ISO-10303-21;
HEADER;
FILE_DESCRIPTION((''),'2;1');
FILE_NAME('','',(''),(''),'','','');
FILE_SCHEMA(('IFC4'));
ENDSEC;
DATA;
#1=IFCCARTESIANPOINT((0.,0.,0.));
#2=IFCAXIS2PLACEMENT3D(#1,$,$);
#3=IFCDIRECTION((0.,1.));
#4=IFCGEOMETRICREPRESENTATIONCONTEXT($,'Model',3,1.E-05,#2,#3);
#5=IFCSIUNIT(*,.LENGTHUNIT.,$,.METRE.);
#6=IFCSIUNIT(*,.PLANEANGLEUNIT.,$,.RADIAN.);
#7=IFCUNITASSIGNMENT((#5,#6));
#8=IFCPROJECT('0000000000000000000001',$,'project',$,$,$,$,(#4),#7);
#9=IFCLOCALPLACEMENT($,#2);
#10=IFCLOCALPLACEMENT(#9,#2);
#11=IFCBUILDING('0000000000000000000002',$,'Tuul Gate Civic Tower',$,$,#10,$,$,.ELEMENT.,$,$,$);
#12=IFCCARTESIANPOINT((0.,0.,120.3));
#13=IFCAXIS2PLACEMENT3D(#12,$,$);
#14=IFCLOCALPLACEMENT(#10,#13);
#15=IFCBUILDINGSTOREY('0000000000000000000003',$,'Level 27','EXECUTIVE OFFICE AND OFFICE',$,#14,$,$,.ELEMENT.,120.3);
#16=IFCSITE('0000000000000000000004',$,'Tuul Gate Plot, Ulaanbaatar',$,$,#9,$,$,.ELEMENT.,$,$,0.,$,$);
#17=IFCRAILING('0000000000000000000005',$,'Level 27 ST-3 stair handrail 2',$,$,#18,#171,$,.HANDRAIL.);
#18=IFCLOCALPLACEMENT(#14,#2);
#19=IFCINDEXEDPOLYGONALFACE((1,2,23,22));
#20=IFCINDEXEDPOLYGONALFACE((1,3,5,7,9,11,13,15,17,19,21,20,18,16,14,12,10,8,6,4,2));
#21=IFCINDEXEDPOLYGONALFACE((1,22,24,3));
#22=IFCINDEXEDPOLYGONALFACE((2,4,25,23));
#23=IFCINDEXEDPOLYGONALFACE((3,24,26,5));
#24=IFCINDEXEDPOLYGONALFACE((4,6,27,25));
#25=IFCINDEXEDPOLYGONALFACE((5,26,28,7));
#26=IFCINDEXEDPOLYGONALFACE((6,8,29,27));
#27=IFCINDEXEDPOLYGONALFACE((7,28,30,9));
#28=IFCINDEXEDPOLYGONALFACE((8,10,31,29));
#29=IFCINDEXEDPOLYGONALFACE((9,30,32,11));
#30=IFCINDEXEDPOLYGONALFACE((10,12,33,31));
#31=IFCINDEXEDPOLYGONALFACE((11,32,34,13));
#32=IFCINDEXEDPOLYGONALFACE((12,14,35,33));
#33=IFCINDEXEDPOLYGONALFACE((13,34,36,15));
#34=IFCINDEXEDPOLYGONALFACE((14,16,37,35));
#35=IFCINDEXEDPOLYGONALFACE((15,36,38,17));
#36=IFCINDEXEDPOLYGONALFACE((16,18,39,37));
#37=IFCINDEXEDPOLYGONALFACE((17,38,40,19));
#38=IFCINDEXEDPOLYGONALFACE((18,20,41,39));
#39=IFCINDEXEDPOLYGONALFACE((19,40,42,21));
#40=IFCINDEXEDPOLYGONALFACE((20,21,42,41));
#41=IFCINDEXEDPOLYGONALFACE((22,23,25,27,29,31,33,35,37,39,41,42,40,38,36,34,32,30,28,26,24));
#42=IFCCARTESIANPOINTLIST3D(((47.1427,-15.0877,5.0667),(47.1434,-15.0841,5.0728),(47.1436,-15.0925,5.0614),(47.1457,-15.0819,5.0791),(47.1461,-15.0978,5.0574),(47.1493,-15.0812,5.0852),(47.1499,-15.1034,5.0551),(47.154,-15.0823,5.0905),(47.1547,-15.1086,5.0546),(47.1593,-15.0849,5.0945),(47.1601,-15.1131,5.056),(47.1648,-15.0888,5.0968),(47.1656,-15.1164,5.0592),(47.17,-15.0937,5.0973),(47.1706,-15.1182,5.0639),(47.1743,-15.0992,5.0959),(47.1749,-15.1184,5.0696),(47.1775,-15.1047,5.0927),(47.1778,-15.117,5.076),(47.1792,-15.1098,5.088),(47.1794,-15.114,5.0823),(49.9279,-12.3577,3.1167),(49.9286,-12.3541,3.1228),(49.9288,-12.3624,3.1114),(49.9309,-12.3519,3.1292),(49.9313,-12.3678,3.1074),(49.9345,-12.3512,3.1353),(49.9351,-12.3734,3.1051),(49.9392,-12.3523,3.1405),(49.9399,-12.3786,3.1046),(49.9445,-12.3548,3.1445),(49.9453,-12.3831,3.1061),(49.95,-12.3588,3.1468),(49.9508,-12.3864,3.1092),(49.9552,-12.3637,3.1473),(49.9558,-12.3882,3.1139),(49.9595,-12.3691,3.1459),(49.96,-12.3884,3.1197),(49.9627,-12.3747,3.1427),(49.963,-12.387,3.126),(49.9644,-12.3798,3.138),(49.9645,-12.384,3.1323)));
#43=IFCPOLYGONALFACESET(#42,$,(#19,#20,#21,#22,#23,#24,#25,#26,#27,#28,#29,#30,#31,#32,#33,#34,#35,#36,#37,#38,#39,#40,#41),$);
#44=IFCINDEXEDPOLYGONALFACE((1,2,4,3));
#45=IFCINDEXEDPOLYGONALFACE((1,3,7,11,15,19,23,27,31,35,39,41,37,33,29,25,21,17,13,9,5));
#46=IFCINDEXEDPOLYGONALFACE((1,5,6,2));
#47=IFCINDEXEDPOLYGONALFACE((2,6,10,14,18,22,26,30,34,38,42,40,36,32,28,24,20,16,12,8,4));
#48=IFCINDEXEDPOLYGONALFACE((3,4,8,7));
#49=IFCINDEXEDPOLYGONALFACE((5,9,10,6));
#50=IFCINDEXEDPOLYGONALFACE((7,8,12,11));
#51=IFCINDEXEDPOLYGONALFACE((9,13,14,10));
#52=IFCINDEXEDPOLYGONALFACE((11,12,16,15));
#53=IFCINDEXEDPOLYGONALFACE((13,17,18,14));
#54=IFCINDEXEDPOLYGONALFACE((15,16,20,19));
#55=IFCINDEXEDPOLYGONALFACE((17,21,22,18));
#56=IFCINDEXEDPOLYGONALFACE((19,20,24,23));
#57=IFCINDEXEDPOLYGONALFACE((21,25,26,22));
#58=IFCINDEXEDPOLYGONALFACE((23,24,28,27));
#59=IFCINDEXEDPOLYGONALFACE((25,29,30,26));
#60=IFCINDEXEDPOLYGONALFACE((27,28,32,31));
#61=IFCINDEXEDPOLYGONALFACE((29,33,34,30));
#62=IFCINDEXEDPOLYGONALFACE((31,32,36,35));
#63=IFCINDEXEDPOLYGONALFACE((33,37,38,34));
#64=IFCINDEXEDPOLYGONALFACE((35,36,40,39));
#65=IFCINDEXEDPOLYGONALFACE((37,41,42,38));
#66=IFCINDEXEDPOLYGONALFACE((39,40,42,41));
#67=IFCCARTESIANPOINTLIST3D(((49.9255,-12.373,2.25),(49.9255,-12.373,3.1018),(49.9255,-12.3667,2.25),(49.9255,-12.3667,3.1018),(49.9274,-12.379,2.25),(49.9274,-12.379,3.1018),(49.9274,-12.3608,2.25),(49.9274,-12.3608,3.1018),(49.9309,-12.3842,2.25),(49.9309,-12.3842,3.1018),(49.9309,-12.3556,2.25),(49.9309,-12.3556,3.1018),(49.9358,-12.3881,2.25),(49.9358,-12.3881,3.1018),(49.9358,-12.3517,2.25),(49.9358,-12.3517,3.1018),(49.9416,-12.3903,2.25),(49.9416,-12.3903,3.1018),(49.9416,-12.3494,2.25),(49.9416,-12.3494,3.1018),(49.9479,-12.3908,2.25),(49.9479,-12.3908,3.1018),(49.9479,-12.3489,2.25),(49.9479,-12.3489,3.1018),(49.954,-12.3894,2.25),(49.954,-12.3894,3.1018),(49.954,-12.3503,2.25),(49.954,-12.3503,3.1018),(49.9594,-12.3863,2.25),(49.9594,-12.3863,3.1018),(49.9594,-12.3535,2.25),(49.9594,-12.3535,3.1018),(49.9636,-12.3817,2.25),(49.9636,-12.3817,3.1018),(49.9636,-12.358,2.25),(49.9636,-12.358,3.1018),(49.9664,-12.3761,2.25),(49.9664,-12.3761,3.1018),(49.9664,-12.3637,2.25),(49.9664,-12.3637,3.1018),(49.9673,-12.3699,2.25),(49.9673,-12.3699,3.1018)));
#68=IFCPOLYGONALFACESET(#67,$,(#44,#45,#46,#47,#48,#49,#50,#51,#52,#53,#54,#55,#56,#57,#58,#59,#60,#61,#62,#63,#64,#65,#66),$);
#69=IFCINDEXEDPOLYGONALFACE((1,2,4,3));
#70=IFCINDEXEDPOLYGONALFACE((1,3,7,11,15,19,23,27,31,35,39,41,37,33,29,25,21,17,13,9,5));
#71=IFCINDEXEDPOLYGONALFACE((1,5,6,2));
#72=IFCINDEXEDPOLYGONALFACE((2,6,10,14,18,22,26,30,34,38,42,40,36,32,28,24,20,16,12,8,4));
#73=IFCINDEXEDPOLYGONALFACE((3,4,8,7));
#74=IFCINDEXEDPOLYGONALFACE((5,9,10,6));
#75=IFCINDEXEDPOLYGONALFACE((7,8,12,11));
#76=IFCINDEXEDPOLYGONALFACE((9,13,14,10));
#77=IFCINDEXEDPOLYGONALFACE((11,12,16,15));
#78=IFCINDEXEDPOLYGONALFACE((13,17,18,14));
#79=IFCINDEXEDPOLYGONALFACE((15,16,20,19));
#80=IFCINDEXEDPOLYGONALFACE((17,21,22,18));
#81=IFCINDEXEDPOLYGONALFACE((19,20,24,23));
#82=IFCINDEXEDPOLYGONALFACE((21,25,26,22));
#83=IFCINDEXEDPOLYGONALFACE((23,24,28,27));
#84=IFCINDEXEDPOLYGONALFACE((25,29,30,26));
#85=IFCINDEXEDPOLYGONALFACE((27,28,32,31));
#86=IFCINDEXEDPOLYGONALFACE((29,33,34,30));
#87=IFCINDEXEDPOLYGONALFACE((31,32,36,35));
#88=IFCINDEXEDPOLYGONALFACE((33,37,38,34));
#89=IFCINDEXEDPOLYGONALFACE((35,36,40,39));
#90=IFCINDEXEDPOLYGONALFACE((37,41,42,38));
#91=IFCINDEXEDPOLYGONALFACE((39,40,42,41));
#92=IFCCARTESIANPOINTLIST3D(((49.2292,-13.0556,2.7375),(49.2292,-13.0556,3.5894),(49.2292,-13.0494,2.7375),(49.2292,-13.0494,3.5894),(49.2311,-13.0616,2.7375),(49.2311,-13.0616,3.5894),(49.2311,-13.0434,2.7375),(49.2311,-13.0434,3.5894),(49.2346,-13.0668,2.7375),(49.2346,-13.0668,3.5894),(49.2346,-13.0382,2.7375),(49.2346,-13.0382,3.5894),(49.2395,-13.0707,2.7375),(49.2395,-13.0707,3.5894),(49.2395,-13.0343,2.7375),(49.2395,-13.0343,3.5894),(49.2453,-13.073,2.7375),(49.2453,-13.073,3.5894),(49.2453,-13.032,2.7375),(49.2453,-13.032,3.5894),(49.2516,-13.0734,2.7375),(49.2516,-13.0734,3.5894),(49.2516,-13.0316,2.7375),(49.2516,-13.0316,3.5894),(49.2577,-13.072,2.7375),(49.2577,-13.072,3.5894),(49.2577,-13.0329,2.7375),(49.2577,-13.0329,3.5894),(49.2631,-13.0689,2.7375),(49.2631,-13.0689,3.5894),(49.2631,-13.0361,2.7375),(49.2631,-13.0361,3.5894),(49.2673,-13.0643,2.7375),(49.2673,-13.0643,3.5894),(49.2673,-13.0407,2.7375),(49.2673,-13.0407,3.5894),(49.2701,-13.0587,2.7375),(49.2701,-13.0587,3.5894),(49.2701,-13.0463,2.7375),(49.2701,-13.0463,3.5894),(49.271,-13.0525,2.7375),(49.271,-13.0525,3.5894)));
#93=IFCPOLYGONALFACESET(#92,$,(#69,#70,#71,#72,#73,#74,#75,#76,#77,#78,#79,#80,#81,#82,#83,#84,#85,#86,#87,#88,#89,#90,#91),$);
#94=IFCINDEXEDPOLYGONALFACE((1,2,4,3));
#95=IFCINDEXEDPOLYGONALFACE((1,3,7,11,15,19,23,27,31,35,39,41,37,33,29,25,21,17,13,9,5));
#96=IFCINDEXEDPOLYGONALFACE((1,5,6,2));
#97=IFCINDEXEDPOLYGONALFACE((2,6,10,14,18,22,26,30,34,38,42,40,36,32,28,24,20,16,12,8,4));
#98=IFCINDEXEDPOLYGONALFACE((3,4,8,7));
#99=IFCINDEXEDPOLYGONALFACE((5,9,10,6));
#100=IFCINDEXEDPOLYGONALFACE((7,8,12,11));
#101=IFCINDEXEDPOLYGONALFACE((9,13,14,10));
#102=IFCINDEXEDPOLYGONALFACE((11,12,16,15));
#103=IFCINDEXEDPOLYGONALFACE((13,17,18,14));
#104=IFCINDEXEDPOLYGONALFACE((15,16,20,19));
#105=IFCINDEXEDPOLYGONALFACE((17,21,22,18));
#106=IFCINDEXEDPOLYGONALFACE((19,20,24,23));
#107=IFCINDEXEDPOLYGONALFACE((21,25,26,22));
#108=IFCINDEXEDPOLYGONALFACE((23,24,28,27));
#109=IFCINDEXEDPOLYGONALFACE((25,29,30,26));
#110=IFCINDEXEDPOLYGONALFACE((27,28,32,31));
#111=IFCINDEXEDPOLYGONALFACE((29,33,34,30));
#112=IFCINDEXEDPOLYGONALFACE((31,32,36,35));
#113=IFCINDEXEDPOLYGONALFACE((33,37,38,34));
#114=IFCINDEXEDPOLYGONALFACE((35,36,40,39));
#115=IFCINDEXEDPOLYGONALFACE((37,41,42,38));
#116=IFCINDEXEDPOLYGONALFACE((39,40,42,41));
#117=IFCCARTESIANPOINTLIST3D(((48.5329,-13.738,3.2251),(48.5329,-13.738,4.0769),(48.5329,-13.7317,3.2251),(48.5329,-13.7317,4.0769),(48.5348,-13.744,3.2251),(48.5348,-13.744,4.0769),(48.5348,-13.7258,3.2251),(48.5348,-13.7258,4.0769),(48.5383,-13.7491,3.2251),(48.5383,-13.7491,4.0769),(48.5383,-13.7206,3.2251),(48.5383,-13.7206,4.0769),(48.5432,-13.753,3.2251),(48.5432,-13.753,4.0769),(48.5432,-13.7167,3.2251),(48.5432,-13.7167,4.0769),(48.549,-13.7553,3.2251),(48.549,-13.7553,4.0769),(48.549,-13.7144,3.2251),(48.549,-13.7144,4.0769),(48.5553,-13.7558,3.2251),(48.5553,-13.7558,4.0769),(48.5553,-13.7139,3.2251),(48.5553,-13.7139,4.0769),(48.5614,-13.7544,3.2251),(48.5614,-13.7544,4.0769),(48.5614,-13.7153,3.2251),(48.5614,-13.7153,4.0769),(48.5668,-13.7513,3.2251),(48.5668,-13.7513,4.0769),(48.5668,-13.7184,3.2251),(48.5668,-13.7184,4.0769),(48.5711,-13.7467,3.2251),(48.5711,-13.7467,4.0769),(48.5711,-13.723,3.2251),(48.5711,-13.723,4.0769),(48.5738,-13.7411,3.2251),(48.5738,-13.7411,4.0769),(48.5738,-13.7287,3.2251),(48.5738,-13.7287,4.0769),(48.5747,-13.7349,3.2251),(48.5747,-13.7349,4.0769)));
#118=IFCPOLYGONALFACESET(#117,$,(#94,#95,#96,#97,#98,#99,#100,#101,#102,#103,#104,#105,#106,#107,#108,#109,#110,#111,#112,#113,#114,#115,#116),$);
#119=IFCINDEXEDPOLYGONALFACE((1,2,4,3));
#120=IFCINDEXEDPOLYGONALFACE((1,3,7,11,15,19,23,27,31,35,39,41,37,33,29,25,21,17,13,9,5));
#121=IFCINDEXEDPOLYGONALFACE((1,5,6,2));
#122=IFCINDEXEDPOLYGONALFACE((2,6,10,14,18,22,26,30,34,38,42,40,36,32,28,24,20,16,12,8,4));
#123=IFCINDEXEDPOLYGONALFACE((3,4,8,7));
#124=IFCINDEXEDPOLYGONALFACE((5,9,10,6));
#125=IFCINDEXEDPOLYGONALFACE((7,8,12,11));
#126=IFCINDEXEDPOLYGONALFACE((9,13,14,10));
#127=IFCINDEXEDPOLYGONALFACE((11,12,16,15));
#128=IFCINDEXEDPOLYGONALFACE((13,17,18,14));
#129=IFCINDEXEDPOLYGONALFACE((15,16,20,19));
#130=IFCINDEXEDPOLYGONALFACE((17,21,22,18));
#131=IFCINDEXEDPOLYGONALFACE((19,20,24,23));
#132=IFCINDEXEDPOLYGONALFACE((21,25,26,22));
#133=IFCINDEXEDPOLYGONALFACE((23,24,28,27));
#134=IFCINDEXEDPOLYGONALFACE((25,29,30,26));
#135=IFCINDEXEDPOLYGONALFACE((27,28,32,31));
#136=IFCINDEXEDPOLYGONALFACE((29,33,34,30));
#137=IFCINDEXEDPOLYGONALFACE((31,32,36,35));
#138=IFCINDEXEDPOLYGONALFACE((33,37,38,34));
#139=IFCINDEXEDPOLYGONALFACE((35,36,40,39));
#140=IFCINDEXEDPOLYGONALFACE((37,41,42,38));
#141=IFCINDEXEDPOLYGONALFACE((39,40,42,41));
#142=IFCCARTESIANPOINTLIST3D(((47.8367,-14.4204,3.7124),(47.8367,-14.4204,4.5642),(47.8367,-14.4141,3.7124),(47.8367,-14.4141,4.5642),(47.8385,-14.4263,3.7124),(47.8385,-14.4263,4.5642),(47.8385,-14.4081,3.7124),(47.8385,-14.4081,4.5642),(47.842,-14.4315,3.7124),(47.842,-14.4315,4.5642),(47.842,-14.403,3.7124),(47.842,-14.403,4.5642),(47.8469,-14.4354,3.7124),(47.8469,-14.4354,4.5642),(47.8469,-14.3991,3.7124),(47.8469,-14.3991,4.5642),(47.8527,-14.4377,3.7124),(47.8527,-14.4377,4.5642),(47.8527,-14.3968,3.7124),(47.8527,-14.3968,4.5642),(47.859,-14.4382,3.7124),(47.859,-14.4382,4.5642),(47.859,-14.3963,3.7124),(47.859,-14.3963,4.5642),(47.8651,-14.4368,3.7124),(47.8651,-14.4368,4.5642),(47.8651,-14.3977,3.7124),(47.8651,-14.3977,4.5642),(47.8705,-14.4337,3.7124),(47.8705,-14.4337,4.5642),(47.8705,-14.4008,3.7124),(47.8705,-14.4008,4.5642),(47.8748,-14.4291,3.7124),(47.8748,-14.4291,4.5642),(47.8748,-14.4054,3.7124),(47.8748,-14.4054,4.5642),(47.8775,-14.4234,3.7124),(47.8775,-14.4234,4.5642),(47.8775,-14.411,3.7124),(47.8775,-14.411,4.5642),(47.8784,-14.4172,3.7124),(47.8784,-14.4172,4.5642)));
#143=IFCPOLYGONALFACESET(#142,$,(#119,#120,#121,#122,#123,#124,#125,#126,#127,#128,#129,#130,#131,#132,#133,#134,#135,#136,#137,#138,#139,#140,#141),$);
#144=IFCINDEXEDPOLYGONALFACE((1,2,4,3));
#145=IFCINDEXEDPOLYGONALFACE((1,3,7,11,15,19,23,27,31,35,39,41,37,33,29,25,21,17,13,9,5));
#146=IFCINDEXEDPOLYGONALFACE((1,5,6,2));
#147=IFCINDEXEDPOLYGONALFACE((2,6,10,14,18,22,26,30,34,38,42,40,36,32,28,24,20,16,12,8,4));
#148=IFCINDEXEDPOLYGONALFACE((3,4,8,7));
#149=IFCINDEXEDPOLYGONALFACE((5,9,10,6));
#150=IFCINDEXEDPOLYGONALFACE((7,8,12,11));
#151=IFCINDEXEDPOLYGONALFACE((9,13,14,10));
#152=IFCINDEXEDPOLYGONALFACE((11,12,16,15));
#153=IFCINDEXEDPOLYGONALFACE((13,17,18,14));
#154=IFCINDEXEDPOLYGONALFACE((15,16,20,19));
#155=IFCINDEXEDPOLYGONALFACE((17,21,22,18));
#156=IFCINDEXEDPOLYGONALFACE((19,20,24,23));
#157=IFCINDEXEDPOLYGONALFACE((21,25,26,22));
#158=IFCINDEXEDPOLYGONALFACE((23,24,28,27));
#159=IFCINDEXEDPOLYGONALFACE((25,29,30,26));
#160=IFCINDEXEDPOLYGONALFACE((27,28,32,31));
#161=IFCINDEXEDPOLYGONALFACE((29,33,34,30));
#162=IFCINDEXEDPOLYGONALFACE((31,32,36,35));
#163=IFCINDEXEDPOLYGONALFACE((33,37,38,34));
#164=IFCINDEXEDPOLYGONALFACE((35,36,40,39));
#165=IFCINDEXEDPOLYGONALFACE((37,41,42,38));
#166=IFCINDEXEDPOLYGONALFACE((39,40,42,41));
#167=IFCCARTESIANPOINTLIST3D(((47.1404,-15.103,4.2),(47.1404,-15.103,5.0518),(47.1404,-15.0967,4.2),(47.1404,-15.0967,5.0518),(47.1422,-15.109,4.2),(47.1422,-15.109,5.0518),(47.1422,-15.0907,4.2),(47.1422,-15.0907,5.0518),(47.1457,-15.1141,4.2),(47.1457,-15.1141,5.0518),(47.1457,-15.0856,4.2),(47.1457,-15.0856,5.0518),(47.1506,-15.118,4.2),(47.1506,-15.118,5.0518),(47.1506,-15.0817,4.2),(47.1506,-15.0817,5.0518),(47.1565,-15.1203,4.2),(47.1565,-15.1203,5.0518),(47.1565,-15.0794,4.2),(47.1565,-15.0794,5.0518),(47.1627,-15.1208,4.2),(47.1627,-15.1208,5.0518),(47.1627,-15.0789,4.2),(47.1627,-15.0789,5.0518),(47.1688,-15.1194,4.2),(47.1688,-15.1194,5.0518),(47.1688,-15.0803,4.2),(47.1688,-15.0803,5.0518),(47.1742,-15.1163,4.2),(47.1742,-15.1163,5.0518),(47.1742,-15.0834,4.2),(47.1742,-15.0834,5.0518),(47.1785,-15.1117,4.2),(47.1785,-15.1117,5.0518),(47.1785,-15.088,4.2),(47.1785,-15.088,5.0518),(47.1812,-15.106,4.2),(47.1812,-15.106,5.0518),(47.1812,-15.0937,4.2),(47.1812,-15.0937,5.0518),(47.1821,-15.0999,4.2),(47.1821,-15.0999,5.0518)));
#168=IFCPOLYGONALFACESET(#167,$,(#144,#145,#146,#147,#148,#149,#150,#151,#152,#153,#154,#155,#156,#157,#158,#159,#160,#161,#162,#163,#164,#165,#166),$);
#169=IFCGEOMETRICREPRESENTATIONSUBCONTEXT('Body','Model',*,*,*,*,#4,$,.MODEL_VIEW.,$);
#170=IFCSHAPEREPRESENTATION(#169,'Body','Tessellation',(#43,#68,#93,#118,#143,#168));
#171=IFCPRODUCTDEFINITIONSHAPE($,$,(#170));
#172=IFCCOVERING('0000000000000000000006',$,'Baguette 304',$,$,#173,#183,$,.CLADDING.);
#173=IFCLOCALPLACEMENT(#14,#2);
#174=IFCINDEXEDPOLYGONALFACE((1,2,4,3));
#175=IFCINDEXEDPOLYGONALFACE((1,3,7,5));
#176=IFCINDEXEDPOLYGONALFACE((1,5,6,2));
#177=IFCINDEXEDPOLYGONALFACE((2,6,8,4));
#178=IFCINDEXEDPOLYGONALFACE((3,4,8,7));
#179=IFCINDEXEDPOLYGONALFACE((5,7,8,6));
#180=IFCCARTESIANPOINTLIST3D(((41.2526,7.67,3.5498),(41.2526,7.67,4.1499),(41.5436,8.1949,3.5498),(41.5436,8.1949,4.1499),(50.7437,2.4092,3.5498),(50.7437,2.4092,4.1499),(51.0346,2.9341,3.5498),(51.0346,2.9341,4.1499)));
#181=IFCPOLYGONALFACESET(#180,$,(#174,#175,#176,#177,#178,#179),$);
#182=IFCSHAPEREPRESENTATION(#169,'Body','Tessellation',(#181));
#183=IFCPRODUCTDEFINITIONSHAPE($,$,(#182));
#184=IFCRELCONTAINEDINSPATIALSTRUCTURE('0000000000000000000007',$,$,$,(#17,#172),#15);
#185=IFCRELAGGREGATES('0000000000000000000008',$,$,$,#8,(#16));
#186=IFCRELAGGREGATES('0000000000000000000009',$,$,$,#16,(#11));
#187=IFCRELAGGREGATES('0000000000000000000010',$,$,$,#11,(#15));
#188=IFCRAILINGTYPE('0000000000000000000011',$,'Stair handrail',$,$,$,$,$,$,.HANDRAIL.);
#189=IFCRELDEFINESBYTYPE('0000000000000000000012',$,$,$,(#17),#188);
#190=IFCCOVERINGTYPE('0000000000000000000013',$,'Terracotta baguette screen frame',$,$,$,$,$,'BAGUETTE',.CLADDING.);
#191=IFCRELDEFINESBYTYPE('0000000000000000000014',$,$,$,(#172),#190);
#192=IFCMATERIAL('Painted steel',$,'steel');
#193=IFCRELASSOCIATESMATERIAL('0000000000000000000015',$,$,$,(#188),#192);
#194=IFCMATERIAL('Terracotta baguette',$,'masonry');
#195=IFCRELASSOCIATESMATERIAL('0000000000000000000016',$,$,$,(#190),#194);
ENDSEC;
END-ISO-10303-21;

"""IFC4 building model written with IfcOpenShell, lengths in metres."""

from ifc_helpers import new_model, si_unit, direction, frame, origin, origin_2d, place, context, subcontext, project, spatial, rectangle, circle, extrude, material, material_profile, profile_set, type_object, element, save


model = new_model("IFC4")

# Units and contexts
model_context = context("Model", 3, precision=1e-05, world=origin(), true_north=direction((0.0, 1.0)))
body_context = subcontext(model_context, "Body", "Model", "MODEL_VIEW")
ifc_project = project(units=[si_unit("LENGTHUNIT", "METRE"), si_unit("PLANEANGLEUNIT", "RADIAN")], contexts=[model_context])

# Site, building, storey
site_placement = place(None, origin())
site = spatial("IfcSite", under=ifc_project, at=site_placement, Name="Tuul Gate Plot, Ulaanbaatar", CompositionType="ELEMENT", RefElevation=0.0)
building_placement = place(site_placement, origin())
building = spatial("IfcBuilding", under=site, at=building_placement, Name="Tuul Gate Civic Tower", CompositionType="ELEMENT")
storey_placement = place(building_placement, frame((0.0, 0.0, 120.3)))
storey = spatial("IfcBuildingStorey", under=building, at=storey_placement, Name="Level 27", Description="EXECUTIVE OFFICE AND OFFICE", CompositionType="ELEMENT", Elevation=120.3)

# Railing
ifc_material_1 = material(Name="Painted steel", Category="steel")
railing_type_1 = type_object("IfcRailingType", Name="Stair handrail", PredefinedType="HANDRAIL", material=ifc_material_1)
railing_1_placement = place(storey_placement, frame((49.9463, -12.3699, 2.25)))
element("IfcRailing", 1, at=railing_1_placement, inside=storey, type_object=railing_type_1, Name="Level 27 ST-3 stair handrail 2", PredefinedType="HANDRAIL", context=body_context, shape_type="SweptSolid", body=[
    extrude(circle(Radius=0.0239, at=origin_2d()), frame((0.0, 0.0, 0.876), z_axis=(-0.638754, -0.6261, 0.447206), x_axis=(0.699998, -0.714145, 0.0)), (0.0, 0.0, 1.0), 4.3604),
    extrude(circle(Radius=0.021, at=origin_2d()), origin(), (0.0, 0.0, 1.0), 0.8518),
    extrude(circle(Radius=0.021, at=origin_2d()), frame((-0.6963, -0.6826, 0.4875)), (0.0, 0.0, 1.0), 0.8518),
    extrude(circle(Radius=0.021, at=origin_2d()), frame((-1.3926, -1.365, 0.9751)), (0.0, 0.0, 1.0), 0.8518),
    extrude(circle(Radius=0.021, at=origin_2d()), frame((-2.0889, -2.0474, 1.4624)), (0.0, 0.0, 1.0), 0.8518),
    extrude(circle(Radius=0.021, at=origin_2d()), frame((-2.7852, -2.73, 1.95)), (0.0, 0.0, 1.0), 0.8518),
])

# Covering
ifc_material_2 = material(Name="Terracotta baguette", Category="masonry")
ifc_material_profile_1 = material_profile(ifc_material_2, rectangle(XDim=0.6001, YDim=0.6001, at=origin_2d()), Name="Terracotta baguette screen frame")
ifc_profile_set_1 = profile_set([ifc_material_profile_1], Name="Terracotta baguette")
covering_type = type_object("IfcCoveringType", Name="Terracotta baguette screen frame", ElementType="BAGUETTE", PredefinedType="CLADDING", material=ifc_profile_set_1)
covering_placement = place(storey_placement, frame((50.8892, 2.6716, 3.8499), z_axis=(-0.874627, 0.484796, 0.0), x_axis=(-0.484796, -0.874627, 0.0)))
element("IfcCovering", 2, at=covering_placement, inside=storey, type_object=covering_type, Name="Baguette 304", PredefinedType="CLADDING", context=body_context, shape_type="SweptSolid", body=[
    extrude(rectangle(XDim=0.6001, YDim=0.6001, at=origin_2d()), origin(), (0.0, 0.0, 1.0), 10.8516),
])

save(model, "model.ifc")
